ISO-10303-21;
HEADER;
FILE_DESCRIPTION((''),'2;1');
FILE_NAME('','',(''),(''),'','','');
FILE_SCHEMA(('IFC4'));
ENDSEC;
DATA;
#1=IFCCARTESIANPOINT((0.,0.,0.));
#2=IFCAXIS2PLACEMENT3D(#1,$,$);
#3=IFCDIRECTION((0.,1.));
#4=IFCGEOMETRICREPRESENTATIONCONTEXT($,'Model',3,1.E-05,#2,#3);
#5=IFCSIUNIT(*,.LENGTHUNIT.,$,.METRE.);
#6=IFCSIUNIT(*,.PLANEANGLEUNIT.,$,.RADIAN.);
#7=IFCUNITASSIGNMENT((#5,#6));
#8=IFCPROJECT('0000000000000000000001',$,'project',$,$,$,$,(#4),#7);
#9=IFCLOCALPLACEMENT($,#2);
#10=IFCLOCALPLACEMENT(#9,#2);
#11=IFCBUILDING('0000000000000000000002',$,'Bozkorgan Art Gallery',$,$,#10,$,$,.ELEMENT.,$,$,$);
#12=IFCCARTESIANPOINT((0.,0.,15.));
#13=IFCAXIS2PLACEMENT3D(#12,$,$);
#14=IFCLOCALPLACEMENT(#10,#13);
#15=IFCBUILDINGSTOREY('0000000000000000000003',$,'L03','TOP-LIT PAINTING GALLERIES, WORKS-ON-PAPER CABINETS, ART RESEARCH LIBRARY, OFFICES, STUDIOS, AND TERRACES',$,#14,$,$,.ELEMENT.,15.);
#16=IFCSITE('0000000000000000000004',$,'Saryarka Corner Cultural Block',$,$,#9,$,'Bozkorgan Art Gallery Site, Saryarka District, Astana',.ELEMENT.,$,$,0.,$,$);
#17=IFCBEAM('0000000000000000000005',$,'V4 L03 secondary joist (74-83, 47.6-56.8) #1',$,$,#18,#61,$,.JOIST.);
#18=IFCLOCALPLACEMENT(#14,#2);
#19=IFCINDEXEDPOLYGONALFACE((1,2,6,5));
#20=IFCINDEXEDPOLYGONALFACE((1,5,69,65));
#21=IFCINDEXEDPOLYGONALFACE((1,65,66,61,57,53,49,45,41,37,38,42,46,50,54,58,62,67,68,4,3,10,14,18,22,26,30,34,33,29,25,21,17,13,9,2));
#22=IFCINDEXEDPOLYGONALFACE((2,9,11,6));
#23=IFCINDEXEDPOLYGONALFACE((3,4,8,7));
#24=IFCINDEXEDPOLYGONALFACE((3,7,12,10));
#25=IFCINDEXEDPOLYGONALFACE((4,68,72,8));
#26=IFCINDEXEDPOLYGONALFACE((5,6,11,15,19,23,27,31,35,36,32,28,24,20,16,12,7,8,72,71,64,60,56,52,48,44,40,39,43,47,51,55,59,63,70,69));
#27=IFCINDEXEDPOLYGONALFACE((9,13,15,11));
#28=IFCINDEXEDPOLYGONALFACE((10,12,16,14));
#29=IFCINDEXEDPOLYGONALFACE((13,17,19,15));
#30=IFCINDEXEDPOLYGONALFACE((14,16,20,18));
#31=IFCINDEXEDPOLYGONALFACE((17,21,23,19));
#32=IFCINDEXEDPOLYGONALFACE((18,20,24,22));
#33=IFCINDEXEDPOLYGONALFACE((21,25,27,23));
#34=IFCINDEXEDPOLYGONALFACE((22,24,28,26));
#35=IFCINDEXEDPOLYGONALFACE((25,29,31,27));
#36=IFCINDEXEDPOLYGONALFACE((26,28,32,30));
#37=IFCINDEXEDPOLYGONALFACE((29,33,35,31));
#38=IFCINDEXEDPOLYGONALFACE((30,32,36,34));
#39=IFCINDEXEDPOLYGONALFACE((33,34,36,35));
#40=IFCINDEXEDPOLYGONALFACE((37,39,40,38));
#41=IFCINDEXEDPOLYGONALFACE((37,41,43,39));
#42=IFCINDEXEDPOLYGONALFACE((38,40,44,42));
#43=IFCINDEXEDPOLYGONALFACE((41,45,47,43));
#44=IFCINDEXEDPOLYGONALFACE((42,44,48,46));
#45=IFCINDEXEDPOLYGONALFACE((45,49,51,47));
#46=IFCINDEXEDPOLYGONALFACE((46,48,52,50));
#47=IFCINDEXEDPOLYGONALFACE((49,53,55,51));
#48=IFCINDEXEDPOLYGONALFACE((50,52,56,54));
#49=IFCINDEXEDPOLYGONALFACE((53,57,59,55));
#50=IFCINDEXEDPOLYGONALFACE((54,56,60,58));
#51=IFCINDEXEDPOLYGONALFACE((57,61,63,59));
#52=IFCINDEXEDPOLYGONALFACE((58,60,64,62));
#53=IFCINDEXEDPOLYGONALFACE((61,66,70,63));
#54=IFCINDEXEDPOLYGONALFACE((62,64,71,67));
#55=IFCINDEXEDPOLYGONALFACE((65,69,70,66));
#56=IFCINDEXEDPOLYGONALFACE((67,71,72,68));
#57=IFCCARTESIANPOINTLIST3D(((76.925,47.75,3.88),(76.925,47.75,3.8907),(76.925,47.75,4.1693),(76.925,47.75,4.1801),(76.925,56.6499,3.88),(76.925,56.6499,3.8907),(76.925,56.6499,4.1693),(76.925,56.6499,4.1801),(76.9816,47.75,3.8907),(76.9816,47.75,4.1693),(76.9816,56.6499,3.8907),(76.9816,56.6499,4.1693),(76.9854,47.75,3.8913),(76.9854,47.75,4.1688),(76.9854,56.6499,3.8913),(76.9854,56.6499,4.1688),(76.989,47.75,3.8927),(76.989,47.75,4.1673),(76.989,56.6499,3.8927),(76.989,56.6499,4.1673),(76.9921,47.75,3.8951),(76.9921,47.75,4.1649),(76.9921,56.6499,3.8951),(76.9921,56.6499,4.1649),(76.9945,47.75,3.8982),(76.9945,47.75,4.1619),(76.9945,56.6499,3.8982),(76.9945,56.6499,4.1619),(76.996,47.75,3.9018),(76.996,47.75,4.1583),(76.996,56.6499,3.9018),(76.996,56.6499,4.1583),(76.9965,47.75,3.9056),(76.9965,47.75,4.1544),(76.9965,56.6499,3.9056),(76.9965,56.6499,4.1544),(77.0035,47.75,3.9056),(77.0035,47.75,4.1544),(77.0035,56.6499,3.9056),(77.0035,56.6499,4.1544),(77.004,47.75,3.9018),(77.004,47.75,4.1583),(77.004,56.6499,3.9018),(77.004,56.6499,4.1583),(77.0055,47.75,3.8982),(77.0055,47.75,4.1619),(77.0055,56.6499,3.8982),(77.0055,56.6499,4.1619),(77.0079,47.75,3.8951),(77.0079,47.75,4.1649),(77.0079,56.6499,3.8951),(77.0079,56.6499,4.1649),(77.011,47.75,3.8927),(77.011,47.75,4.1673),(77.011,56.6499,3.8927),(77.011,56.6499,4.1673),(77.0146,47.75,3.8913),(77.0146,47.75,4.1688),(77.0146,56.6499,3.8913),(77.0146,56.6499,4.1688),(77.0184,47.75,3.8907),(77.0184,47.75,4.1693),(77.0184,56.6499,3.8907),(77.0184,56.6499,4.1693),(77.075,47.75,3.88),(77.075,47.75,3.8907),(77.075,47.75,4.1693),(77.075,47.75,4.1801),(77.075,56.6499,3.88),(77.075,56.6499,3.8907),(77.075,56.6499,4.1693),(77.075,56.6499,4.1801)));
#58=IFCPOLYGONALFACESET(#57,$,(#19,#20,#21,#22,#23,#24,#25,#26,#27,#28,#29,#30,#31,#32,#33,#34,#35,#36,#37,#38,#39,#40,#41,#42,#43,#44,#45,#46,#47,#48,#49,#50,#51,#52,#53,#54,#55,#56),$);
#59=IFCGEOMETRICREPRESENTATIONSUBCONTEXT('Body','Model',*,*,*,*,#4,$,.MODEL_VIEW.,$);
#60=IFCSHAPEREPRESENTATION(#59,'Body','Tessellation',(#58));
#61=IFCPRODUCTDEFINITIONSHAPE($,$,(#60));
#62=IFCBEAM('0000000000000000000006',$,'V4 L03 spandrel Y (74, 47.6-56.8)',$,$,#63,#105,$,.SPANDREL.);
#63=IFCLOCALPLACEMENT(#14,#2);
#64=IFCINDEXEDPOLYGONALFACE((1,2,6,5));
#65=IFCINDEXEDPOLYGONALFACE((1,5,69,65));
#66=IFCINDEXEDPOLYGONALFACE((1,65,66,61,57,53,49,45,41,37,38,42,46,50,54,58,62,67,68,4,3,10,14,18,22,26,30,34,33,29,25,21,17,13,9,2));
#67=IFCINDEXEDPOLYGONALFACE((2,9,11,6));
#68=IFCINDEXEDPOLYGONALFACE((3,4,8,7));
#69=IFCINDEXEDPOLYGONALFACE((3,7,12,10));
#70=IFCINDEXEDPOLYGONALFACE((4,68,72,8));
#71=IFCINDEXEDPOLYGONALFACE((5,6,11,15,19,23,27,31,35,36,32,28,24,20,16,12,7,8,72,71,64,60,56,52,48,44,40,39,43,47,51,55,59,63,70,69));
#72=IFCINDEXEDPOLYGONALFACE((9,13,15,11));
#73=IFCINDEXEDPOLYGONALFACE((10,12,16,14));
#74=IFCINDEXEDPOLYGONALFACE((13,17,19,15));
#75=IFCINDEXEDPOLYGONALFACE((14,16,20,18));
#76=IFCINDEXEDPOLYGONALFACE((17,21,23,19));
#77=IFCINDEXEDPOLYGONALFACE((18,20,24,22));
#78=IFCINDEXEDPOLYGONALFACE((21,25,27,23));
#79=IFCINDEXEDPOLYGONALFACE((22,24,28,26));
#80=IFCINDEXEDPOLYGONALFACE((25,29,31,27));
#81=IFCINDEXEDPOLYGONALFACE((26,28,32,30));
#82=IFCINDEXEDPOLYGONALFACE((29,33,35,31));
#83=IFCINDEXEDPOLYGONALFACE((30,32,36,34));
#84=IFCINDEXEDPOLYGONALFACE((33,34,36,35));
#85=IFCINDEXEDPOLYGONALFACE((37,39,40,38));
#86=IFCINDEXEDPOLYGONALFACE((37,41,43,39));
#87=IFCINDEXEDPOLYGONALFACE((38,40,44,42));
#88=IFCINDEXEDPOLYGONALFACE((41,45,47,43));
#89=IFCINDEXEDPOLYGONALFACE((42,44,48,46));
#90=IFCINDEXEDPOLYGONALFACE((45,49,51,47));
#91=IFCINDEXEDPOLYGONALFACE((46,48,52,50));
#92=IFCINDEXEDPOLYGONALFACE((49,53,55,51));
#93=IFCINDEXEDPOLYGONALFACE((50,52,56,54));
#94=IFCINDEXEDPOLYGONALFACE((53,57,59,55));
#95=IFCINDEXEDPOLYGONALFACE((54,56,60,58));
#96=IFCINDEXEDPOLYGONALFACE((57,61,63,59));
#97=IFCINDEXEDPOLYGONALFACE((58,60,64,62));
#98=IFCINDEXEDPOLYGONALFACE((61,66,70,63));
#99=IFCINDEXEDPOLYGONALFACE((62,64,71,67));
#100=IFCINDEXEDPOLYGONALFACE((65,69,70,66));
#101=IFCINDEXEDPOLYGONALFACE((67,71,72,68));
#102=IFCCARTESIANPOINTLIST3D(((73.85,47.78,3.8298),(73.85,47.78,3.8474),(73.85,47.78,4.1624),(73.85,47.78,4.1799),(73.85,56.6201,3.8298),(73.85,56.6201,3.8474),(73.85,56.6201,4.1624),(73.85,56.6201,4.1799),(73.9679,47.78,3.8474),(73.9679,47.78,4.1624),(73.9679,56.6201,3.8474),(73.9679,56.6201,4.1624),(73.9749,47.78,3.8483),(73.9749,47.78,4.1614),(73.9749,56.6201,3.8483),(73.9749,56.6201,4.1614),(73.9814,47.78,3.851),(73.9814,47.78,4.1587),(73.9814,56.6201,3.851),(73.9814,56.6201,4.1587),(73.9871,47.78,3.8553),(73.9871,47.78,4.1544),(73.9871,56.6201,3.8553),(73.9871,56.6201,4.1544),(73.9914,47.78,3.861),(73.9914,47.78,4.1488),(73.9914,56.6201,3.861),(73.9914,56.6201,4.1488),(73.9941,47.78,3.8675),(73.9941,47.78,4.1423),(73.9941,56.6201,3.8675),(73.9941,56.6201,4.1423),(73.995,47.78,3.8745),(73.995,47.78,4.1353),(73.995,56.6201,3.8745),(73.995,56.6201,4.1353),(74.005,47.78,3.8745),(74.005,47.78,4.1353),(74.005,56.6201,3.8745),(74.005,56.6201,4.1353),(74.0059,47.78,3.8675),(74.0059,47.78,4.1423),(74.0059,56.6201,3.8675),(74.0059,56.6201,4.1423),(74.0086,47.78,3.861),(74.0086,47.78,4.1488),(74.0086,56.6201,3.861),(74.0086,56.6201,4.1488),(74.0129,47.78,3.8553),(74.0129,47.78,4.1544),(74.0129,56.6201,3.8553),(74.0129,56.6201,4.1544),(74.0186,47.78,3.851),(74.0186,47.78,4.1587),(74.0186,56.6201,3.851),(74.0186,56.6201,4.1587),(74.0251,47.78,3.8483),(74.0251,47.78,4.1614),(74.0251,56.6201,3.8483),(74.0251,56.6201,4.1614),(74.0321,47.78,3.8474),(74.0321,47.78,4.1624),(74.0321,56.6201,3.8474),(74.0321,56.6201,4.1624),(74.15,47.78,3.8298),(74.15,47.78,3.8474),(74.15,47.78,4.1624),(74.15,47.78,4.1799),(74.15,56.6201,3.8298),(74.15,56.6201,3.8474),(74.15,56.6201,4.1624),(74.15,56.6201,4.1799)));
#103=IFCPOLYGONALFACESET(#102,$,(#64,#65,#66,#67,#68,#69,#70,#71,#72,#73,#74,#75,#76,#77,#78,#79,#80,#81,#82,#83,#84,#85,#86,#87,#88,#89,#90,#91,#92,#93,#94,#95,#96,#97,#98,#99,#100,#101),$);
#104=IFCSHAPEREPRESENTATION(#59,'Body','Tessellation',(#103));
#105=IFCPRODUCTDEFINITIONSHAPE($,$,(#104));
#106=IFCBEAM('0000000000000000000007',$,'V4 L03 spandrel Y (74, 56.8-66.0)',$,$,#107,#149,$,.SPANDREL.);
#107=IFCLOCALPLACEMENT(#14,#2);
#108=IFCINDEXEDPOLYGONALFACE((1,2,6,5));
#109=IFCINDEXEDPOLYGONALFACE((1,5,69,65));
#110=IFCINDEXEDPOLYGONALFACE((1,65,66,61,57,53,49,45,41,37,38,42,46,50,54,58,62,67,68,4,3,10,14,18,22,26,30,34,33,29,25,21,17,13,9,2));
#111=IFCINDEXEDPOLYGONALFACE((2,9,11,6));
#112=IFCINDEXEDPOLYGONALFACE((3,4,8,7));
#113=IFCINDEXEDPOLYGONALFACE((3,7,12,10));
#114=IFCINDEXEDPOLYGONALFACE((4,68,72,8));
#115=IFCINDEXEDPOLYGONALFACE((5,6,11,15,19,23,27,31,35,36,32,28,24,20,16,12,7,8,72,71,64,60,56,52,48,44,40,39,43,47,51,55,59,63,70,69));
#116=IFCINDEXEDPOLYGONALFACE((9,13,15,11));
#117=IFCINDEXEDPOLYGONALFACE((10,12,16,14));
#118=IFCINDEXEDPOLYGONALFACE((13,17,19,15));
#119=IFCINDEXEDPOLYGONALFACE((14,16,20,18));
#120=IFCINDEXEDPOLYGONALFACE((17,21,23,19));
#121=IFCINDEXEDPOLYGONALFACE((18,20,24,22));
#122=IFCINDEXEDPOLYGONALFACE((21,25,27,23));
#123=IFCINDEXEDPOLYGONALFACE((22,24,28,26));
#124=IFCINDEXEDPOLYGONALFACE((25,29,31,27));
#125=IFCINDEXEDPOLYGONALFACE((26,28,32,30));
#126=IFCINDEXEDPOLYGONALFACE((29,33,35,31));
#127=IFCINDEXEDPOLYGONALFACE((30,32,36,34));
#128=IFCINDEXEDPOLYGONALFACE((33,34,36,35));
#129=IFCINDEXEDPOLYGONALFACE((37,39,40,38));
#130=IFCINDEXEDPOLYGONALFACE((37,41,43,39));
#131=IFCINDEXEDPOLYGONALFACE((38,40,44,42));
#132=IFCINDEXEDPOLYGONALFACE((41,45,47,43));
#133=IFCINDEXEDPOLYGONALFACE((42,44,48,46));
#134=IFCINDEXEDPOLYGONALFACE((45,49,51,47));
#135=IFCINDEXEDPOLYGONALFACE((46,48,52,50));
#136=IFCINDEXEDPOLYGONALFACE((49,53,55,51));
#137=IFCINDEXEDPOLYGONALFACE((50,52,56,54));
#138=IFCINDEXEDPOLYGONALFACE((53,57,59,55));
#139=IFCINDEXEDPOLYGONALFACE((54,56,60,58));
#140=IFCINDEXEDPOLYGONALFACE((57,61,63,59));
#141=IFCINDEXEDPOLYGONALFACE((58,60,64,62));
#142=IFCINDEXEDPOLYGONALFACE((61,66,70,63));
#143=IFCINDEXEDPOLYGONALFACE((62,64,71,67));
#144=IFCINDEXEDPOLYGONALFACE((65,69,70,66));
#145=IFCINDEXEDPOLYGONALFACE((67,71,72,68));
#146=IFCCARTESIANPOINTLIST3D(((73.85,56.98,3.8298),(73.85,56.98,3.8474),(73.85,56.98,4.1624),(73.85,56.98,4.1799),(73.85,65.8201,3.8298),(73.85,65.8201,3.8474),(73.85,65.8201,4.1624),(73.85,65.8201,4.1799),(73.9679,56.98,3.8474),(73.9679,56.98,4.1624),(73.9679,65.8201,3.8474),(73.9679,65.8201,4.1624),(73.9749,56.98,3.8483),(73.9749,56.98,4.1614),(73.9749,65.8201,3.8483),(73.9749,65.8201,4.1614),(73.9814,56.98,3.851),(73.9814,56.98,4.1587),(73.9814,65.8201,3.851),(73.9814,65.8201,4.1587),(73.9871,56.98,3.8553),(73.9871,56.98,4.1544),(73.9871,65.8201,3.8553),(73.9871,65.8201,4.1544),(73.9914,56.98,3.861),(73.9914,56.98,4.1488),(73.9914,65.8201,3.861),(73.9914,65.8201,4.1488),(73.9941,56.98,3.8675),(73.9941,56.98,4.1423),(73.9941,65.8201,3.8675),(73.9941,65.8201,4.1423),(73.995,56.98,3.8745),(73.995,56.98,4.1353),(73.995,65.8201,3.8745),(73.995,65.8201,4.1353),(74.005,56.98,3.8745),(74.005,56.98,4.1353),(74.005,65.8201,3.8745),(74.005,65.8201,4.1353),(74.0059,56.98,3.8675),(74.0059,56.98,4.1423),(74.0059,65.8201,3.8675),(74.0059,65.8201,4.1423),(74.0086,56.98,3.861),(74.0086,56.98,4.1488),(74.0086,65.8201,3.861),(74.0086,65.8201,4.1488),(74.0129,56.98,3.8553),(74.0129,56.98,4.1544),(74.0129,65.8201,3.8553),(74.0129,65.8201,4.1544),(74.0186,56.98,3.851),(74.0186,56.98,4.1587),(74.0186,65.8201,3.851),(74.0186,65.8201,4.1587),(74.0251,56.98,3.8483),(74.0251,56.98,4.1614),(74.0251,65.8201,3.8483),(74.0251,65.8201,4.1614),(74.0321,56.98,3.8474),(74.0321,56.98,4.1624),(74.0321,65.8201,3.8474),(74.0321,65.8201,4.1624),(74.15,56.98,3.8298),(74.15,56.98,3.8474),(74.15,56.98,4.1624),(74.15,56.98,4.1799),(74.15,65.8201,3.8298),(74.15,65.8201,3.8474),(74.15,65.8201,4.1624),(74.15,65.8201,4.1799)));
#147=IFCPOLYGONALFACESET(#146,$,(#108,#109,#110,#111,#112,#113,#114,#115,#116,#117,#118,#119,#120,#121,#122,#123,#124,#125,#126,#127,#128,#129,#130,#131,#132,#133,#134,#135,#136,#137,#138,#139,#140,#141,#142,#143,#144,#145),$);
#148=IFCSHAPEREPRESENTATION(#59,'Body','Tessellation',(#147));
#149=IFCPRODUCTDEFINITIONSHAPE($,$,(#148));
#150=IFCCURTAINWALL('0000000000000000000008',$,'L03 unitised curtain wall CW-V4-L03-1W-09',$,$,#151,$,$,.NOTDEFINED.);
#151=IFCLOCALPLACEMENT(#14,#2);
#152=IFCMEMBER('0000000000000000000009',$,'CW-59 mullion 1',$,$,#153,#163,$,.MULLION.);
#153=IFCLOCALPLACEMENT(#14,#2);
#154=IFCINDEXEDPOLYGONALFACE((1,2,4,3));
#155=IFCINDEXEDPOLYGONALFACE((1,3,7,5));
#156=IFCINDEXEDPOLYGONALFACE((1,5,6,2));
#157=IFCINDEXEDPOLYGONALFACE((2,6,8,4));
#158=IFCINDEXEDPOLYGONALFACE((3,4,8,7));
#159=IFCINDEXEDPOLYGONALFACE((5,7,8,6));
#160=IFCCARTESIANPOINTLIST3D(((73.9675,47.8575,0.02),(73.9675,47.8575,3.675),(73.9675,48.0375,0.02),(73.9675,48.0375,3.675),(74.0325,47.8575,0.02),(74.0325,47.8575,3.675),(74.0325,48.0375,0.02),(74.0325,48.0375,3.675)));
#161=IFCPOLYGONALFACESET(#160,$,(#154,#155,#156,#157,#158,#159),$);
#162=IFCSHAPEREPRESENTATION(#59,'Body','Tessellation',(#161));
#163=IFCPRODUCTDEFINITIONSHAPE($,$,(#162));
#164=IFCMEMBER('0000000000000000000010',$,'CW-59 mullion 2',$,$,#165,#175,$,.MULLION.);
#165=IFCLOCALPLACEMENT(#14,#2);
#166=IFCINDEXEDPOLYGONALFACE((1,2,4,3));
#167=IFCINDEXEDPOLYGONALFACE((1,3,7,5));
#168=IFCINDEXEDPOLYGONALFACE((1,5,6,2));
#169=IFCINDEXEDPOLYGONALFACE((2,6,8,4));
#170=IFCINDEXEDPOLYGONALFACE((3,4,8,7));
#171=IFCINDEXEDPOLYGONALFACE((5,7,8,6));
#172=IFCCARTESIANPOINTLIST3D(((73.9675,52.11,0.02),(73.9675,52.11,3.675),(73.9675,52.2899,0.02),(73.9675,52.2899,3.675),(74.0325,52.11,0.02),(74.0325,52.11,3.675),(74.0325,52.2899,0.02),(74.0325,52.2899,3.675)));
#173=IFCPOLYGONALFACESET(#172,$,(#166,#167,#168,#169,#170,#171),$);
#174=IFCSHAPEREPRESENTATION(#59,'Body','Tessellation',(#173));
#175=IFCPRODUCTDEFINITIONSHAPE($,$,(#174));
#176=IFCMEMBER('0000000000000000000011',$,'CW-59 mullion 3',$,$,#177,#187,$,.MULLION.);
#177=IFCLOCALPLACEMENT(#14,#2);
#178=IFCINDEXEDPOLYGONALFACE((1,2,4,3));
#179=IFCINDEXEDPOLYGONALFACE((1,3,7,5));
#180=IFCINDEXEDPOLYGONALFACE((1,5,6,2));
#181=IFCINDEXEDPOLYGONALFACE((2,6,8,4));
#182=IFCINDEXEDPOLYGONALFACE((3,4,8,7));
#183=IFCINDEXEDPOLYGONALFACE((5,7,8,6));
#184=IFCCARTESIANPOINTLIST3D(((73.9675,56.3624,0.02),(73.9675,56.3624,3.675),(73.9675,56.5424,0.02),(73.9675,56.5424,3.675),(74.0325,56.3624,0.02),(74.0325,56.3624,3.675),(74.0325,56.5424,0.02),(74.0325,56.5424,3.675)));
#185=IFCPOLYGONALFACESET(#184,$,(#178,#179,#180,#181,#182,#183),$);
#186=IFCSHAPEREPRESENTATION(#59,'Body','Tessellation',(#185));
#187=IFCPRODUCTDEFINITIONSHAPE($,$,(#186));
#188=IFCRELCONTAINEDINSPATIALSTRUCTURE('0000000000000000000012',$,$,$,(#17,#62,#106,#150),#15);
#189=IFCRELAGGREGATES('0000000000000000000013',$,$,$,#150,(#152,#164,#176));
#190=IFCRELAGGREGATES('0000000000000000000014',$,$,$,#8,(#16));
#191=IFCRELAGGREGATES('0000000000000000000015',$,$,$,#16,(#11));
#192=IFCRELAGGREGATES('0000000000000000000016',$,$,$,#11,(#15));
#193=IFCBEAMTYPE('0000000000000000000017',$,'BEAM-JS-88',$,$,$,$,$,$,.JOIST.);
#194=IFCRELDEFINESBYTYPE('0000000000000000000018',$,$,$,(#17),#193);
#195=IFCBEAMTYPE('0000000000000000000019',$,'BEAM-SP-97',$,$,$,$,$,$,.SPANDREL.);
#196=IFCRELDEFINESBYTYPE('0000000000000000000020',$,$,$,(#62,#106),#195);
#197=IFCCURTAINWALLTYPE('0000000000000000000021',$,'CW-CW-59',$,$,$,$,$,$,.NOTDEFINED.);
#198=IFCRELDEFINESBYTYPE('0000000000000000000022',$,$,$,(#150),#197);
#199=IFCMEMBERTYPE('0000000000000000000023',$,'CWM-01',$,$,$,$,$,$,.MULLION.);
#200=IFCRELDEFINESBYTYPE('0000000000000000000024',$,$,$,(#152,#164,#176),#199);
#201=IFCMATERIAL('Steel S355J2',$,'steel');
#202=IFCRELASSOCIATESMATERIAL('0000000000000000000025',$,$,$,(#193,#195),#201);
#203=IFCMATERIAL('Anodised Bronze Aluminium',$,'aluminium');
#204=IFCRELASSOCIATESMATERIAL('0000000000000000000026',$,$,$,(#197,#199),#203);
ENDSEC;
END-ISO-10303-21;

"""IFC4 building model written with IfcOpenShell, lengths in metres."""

from ifc_helpers import new_model, si_unit, direction, frame, origin, origin_2d, place, context, subcontext, project, spatial, rectangle, i_section, extrude, material, material_profile, profile_set, type_object, element, aggregate, save


model = new_model("IFC4")

# Units and contexts
model_context = context("Model", 3, precision=1e-05, world=origin(), true_north=direction((0.0, 1.0)))
body_context = subcontext(model_context, "Body", "Model", "MODEL_VIEW")
ifc_project = project(units=[si_unit("LENGTHUNIT", "METRE"), si_unit("PLANEANGLEUNIT", "RADIAN")], contexts=[model_context])

# Site, building, storey
site_placement = place(None, origin())
site = spatial("IfcSite", under=ifc_project, at=site_placement, Name="Saryarka Corner Cultural Block", LongName="Bozkorgan Art Gallery Site, Saryarka District, Astana", CompositionType="ELEMENT", RefElevation=0.0)
building_placement = place(site_placement, origin())
building = spatial("IfcBuilding", under=site, at=building_placement, Name="Bozkorgan Art Gallery", CompositionType="ELEMENT")
storey_placement = place(building_placement, frame((0.0, 0.0, 15.0)))
storey = spatial("IfcBuildingStorey", under=building, at=storey_placement, Name="L03", Description="TOP-LIT PAINTING GALLERIES, WORKS-ON-PAPER CABINETS, ART RESEARCH LIBRARY, OFFICES, STUDIOS, AND TERRACES", CompositionType="ELEMENT", Elevation=15.0)

# Shared definitions
ifc_material_1 = material(Name="Steel S355J2", Category="steel")

# Beams
ifc_material_profile_1 = material_profile(ifc_material_1, i_section(OverallWidth=0.1499, OverallDepth=0.3, WebThickness=0.0071, FlangeThickness=0.0107, FilletRadius=0.0149, at=origin_2d()), Name="IPE 300")
ifc_profile_set_1 = profile_set([ifc_material_profile_1], Name="Steel S355J2")
beam_type_1 = type_object("IfcBeamType", Name="BEAM-JS-88", PredefinedType="JOIST", material=ifc_profile_set_1)
beam_placement = place(storey_placement, frame((77.0, 47.75, 4.03), z_axis=(0.0, 1.0, 0.0), x_axis=(-1.0, 0.0, 0.0)))
element("IfcBeam", 1, at=beam_placement, inside=storey, type_object=beam_type_1, Name="V4 L03 secondary joist (74-83, 47.6-56.8) #1", PredefinedType="JOIST", context=body_context, shape_type="SweptSolid", body=[
    extrude(i_section(OverallWidth=0.1499, OverallDepth=0.3, WebThickness=0.0071, FlangeThickness=0.0107, FilletRadius=0.0149, at=origin_2d()), origin(), (0.0, 0.0, 1.0), 8.8999),
])
ifc_material_profile_2 = material_profile(ifc_material_1, i_section(OverallWidth=0.3, OverallDepth=0.3501, WebThickness=0.01, FlangeThickness=0.0176, FilletRadius=0.0271, at=origin_2d()), Name="HEA 360")
ifc_profile_set_2 = profile_set([ifc_material_profile_2], Name="Steel S355J2")
beam_type_2 = type_object("IfcBeamType", Name="BEAM-SP-97", PredefinedType="SPANDREL", material=ifc_profile_set_2)
for number, where, z_axis, x_axis, name in (
    (2, (74.0, 47.78, 4.0049), (0.0, 1.0, 0.0), (-1.0, 0.0, 0.0), "V4 L03 spandrel Y (74, 47.6-56.8)"),
    (3, (74.0, 56.98, 4.0049), (0.0, 1.0, 0.0), (-1.0, 0.0, 0.0), "V4 L03 spandrel Y (74, 56.8-66.0)"),
):
    element("IfcBeam", number, at=place(storey_placement, frame(where, z_axis=z_axis, x_axis=x_axis)), inside=storey, type_object=beam_type_2, Name=name, PredefinedType="SPANDREL", context=body_context, shape_type="SweptSolid", body=[
        extrude(i_section(OverallWidth=0.3, OverallDepth=0.3501, WebThickness=0.01, FlangeThickness=0.0176, FilletRadius=0.0271, at=origin_2d()), origin(), (0.0, 0.0, 1.0), 8.8401),
    ])

# Curtain wall, members
ifc_material_2 = material(Name="Anodised Bronze Aluminium", Category="aluminium")
curtain_wall_type = type_object("IfcCurtainWallType", Name="CW-CW-59", PredefinedType="NOTDEFINED", material=ifc_material_2)
curtain_wall_placement = place(storey_placement, origin())
curtain_wall = element("IfcCurtainWall", 4, at=curtain_wall_placement, inside=storey, type_object=curtain_wall_type, Name="L03 unitised curtain wall CW-V4-L03-1W-09", PredefinedType="NOTDEFINED")
ifc_material_profile_3 = material_profile(ifc_material_2, rectangle(XDim=0.0649, YDim=0.1799, at=origin_2d()), Name="ALU MULLION 65x180")
ifc_profile_set_3 = profile_set([ifc_material_profile_3], Name="Anodised Bronze Aluminium")
member_type_1 = type_object("IfcMemberType", Name="CWM-01", PredefinedType="MULLION", material=ifc_profile_set_3)
member_1_placement = place(storey_placement, frame((74.0, 47.9475, 0.02), z_axis=(0.0, 0.0, 1.0), x_axis=(-1.0, 0.0, 0.0)))
member_1 = element("IfcMember", 5, at=member_1_placement, type_object=member_type_1, Name="CW-59 mullion 1", PredefinedType="MULLION", context=body_context, shape_type="SweptSolid", body=[
    extrude(rectangle(XDim=0.0649, YDim=0.1799, at=origin_2d()), origin(), (0.0, 0.0, 1.0), 3.655),
])
member_2_placement = place(storey_placement, frame((74.0, 52.2, 0.02), z_axis=(0.0, 0.0, 1.0), x_axis=(-1.0, 0.0, 0.0)))
member_2 = element("IfcMember", 6, at=member_2_placement, type_object=member_type_1, Name="CW-59 mullion 2", PredefinedType="MULLION", context=body_context, shape_type="SweptSolid", body=[
    extrude(rectangle(XDim=0.0649, YDim=0.1799, at=origin_2d()), origin(), (0.0, 0.0, 1.0), 3.655),
])
member_3_placement = place(storey_placement, frame((74.0, 56.4524, 0.02), z_axis=(0.0, 0.0, 1.0), x_axis=(-1.0, 0.0, 0.0)))
member_3 = element("IfcMember", 7, at=member_3_placement, type_object=member_type_1, Name="CW-59 mullion 3", PredefinedType="MULLION", context=body_context, shape_type="SweptSolid", body=[
    extrude(rectangle(XDim=0.0649, YDim=0.1799, at=origin_2d()), origin(), (0.0, 0.0, 1.0), 3.655),
])
aggregate(curtain_wall, [member_1, member_2, member_3])

save(model, "model.ifc")
